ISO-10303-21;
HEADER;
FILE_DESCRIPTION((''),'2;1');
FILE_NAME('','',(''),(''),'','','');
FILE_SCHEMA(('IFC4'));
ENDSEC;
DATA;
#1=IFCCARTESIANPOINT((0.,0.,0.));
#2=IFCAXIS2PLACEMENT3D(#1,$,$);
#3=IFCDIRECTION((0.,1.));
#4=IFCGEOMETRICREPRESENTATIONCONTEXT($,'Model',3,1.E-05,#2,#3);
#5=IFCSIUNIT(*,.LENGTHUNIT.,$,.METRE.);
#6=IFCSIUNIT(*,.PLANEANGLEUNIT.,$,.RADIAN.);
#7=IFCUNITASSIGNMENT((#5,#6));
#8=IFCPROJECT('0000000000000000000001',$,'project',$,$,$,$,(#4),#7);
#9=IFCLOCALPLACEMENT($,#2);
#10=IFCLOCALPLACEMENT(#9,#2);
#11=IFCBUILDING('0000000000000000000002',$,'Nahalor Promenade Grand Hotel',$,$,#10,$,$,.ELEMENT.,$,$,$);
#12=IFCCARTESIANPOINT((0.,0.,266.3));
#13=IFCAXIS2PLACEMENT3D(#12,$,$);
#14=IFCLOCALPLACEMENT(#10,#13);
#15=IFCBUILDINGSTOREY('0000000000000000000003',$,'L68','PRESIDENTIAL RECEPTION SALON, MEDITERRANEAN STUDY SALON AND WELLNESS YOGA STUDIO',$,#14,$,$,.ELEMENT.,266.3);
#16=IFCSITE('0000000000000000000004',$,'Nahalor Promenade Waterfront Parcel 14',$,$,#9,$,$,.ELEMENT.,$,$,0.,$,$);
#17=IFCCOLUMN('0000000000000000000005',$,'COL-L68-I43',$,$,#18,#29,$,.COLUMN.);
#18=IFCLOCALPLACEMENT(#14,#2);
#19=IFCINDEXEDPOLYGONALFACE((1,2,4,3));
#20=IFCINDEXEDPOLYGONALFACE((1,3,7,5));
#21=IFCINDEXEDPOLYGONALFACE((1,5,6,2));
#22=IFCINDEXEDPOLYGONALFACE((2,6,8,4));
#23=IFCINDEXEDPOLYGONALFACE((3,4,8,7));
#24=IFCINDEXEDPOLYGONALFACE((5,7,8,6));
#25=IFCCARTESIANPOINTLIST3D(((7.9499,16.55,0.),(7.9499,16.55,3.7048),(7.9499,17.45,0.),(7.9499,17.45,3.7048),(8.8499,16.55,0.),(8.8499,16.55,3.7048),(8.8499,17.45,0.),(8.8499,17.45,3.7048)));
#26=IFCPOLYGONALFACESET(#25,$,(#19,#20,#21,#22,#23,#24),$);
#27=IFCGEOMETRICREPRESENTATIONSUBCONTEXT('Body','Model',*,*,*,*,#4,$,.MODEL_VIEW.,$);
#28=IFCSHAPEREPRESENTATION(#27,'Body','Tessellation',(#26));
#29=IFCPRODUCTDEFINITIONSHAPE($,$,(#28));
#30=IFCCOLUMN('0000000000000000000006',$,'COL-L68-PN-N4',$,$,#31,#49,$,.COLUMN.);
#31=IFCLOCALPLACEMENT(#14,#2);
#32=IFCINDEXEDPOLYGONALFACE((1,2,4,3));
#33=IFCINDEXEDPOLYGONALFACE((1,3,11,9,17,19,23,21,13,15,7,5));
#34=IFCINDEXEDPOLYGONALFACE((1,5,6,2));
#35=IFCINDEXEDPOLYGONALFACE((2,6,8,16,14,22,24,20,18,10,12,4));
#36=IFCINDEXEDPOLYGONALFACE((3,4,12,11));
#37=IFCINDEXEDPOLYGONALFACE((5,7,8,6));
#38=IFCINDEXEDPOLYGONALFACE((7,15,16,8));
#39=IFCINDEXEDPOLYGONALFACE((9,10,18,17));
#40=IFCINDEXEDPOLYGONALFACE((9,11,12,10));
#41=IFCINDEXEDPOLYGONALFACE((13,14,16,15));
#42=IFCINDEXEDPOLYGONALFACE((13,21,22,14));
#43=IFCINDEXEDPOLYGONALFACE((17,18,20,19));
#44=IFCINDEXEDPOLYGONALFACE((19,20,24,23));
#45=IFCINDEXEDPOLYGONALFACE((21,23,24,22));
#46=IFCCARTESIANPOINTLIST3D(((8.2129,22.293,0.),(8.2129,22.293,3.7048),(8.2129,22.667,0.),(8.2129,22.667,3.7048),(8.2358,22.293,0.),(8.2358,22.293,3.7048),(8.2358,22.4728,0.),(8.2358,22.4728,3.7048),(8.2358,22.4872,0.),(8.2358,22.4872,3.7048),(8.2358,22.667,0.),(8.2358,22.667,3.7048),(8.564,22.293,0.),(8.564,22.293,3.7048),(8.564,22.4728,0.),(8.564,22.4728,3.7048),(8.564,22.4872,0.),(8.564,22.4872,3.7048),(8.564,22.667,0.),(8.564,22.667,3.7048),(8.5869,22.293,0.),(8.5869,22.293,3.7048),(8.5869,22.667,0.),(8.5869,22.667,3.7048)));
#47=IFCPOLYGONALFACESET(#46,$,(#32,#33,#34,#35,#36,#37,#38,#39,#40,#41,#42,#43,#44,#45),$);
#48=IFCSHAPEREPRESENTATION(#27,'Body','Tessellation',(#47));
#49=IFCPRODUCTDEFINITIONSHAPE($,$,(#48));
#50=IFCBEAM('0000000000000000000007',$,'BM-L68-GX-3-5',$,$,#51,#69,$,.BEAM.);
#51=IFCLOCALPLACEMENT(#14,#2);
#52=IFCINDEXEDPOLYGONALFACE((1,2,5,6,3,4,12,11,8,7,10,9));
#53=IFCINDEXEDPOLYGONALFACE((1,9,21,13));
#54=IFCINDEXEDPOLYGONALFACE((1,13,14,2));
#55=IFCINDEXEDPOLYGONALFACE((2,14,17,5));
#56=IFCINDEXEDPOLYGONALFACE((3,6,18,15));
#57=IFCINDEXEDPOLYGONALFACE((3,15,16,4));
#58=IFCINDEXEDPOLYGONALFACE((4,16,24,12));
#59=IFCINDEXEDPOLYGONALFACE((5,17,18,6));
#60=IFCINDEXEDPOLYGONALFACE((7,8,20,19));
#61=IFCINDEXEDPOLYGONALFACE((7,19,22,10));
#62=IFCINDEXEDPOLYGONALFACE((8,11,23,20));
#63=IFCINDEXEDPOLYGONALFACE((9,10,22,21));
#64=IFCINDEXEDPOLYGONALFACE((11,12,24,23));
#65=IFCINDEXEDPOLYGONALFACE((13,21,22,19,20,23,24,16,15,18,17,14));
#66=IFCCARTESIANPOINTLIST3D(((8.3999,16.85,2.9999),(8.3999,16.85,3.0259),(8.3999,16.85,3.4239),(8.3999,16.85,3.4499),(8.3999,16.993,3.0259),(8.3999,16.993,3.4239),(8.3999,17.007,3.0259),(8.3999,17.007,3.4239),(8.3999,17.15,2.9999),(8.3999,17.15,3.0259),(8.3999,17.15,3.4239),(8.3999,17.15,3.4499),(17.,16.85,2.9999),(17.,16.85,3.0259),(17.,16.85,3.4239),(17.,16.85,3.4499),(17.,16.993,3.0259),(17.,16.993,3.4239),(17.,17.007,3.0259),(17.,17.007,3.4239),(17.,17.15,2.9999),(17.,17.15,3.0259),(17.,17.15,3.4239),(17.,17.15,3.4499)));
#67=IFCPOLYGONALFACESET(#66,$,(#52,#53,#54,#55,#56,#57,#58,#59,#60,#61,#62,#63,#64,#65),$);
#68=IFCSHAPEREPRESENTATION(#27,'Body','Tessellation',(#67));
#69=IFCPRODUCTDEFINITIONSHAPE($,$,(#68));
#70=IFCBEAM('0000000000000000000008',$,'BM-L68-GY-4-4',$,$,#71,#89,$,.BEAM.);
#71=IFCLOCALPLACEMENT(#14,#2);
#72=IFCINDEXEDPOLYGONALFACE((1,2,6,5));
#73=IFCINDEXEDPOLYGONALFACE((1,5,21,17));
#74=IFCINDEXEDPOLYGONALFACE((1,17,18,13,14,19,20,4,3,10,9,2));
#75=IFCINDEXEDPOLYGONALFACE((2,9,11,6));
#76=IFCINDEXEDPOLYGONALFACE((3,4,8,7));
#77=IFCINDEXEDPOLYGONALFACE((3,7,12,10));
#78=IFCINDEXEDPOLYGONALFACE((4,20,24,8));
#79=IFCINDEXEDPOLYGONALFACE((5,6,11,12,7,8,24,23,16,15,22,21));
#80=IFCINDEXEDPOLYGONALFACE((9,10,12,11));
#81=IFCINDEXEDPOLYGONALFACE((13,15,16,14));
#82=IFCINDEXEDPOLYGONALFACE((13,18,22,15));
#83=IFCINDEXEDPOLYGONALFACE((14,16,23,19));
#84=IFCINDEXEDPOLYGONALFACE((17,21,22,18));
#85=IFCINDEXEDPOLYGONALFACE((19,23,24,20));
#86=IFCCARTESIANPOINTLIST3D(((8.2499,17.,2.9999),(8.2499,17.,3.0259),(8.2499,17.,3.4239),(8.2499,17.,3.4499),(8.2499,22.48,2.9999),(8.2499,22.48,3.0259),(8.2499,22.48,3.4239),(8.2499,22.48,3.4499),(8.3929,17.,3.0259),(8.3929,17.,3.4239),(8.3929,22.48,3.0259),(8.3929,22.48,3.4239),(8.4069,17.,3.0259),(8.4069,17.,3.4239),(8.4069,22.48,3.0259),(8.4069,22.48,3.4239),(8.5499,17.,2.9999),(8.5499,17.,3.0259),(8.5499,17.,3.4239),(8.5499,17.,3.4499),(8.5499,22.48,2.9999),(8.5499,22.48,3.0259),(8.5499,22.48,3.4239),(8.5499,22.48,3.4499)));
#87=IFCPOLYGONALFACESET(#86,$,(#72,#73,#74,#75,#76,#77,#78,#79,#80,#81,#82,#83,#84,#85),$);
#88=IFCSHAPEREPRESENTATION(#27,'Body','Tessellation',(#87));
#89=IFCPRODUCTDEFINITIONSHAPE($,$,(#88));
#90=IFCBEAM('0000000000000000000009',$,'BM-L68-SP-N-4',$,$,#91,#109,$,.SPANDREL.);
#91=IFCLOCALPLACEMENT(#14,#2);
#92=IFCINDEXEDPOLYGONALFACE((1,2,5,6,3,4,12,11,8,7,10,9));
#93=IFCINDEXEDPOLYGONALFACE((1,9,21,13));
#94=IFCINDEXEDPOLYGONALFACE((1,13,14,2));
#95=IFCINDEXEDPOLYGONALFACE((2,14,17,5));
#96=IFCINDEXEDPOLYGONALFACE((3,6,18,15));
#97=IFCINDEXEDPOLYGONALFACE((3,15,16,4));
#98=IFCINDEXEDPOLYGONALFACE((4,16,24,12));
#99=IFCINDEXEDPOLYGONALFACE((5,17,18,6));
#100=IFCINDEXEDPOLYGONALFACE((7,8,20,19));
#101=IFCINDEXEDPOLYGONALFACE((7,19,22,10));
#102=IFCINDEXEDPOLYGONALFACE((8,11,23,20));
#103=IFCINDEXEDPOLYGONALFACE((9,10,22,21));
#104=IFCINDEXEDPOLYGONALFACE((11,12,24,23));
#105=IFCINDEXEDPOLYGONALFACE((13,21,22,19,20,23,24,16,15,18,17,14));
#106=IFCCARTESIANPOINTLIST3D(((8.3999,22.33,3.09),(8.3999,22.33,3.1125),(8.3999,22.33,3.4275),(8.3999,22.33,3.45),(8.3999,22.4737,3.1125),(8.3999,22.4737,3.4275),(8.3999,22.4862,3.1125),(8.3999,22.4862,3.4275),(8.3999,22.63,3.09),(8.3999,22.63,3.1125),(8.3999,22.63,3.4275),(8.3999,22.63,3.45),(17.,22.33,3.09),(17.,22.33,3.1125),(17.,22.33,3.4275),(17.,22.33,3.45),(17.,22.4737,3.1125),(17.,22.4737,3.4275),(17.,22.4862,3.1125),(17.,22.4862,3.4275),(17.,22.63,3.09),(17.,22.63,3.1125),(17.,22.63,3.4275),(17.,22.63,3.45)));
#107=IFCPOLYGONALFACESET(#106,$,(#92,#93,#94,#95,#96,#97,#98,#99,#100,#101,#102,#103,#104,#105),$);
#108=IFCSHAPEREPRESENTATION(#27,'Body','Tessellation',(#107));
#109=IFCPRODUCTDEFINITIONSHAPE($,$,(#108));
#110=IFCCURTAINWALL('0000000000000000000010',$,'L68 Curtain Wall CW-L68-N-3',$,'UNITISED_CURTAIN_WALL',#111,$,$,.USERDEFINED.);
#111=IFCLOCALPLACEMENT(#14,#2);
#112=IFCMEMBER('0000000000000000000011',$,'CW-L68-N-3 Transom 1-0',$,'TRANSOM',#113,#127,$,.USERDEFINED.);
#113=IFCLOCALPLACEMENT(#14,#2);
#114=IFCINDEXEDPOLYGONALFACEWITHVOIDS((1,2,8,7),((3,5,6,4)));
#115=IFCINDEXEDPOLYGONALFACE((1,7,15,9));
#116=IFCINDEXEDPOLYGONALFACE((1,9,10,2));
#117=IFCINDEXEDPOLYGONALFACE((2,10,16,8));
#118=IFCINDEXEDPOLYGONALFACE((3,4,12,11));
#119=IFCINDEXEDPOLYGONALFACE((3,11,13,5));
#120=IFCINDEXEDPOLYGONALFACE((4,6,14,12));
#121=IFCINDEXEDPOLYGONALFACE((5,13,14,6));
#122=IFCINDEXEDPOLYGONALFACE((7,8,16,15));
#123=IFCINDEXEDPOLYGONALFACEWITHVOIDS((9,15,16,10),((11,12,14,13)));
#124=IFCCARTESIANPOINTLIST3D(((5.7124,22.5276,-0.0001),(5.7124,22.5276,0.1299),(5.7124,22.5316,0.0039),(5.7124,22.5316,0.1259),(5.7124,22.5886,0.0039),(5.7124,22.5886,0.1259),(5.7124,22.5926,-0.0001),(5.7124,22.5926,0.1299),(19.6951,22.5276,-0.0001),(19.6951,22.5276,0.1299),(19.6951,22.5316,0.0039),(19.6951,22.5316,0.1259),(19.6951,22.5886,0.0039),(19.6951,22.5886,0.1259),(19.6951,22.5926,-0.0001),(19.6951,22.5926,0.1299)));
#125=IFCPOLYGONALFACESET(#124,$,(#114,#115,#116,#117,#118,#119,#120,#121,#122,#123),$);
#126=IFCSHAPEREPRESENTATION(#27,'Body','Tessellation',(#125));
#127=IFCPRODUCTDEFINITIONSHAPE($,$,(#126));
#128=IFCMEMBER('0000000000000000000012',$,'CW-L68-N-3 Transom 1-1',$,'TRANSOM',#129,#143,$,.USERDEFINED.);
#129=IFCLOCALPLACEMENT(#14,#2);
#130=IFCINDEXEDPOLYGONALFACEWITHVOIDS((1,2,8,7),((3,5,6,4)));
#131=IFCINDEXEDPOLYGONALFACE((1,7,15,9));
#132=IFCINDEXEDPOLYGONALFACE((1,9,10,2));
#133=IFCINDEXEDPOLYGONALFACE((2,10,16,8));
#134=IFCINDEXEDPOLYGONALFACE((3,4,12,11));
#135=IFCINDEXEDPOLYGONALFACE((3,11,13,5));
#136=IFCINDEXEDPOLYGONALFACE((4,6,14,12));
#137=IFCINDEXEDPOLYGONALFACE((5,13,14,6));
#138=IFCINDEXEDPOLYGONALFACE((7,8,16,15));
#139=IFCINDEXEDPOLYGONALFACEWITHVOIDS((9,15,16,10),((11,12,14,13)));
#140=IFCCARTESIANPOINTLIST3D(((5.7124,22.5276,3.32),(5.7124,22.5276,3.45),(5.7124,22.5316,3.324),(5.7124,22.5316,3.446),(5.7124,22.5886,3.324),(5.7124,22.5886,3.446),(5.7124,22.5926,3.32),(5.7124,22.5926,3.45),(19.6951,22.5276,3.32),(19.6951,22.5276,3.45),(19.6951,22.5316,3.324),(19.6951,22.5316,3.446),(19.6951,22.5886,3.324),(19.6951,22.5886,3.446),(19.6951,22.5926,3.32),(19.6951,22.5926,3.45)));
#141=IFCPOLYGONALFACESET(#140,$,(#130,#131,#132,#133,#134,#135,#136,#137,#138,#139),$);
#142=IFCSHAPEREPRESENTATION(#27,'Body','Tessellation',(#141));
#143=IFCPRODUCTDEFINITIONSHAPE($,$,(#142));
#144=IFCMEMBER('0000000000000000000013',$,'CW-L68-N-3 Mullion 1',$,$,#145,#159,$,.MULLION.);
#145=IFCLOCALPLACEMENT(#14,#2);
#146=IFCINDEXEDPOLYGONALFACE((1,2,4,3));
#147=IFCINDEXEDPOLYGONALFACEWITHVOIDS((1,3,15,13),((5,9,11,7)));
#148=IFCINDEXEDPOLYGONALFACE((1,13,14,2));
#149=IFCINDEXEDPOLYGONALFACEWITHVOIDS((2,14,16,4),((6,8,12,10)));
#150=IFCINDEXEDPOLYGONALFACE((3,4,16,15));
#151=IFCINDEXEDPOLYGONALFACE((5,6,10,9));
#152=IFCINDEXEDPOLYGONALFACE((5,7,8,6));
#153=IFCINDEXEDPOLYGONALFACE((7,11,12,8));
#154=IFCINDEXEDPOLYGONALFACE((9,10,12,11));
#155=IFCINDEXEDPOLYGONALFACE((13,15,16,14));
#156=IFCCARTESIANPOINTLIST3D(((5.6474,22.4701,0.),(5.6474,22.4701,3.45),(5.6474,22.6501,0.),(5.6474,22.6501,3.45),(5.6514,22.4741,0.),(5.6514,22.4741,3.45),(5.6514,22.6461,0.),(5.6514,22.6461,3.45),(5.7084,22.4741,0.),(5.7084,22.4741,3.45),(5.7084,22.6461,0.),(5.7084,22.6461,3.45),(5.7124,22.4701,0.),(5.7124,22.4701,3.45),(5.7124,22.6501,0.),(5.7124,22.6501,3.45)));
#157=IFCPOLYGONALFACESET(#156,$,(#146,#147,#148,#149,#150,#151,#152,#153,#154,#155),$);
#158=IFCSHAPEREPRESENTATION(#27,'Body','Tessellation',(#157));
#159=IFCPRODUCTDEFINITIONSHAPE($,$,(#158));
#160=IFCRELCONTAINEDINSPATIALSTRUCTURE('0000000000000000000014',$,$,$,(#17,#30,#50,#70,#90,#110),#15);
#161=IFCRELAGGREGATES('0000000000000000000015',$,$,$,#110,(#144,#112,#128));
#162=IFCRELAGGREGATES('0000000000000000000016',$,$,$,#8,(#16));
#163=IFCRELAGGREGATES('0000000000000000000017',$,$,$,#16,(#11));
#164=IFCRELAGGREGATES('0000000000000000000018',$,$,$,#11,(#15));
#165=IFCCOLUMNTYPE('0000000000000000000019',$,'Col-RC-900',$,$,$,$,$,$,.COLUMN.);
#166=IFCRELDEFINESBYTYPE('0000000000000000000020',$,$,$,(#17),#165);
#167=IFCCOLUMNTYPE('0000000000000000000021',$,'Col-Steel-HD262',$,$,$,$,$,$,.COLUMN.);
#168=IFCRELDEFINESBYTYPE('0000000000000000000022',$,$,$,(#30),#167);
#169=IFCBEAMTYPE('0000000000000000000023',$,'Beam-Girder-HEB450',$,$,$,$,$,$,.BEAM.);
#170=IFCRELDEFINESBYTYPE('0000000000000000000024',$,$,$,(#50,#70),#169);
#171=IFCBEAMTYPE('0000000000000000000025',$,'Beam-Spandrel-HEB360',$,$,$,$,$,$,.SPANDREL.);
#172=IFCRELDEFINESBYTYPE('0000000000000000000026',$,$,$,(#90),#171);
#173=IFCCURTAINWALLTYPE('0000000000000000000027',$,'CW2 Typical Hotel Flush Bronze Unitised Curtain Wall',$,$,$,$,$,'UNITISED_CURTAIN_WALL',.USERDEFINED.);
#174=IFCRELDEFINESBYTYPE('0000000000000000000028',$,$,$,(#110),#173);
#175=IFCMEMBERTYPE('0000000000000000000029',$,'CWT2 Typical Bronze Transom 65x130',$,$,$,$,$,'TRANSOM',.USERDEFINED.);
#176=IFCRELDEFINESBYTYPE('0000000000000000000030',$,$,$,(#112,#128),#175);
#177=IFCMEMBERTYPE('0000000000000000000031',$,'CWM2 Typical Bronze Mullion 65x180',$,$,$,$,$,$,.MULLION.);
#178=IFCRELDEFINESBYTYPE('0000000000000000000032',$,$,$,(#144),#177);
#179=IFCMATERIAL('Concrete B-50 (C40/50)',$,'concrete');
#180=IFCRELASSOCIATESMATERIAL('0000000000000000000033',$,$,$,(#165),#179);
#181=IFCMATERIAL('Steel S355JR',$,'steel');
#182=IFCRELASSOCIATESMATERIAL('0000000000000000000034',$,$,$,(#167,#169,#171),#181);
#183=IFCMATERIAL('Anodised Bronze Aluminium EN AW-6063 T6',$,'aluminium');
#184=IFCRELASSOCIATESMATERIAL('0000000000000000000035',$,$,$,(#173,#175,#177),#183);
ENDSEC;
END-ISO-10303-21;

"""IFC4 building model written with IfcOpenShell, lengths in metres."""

from ifc_helpers import new_model, si_unit, direction, frame, origin, origin_2d, place, context, subcontext, project, spatial, rectangle, hollow_rectangle, i_section, extrude, source, transform, mapped, material, material_profile, profile_set, type_object, element, aggregate, save


model = new_model("IFC4")

# Units and contexts
model_context = context("Model", 3, precision=1e-05, world=origin(), true_north=direction((0.0, 1.0)))
body_context = subcontext(model_context, "Body", "Model", "MODEL_VIEW")
ifc_project = project(units=[si_unit("LENGTHUNIT", "METRE"), si_unit("PLANEANGLEUNIT", "RADIAN")], contexts=[model_context])

# Site, building, storey
site_placement = place(None, origin())
site = spatial("IfcSite", under=ifc_project, at=site_placement, Name="Nahalor Promenade Waterfront Parcel 14", CompositionType="ELEMENT", RefElevation=0.0)
building_placement = place(site_placement, origin())
building = spatial("IfcBuilding", under=site, at=building_placement, Name="Nahalor Promenade Grand Hotel", CompositionType="ELEMENT")
storey_placement = place(building_placement, frame((0.0, 0.0, 266.3)))
storey = spatial("IfcBuildingStorey", under=building, at=storey_placement, Name="L68", Description="PRESIDENTIAL RECEPTION SALON, MEDITERRANEAN STUDY SALON AND WELLNESS YOGA STUDIO", CompositionType="ELEMENT", Elevation=266.3)

# Columns
ifc_material_1 = material(Name="Concrete B-50 (C40/50)", Category="concrete")
ifc_material_profile_1 = material_profile(ifc_material_1, rectangle(XDim=0.9, YDim=0.9, at=origin_2d()), Name="RC 900x900")
ifc_profile_set_1 = profile_set([ifc_material_profile_1], Name="Concrete B-50 (C40/50)")
column_type_1 = type_object("IfcColumnType", Name="Col-RC-900", PredefinedType="COLUMN", material=ifc_profile_set_1)
shared_shape_1 = source(origin(), body_context, "Body", "SweptSolid", [
    extrude(rectangle(XDim=0.9, YDim=0.9, at=origin_2d()), origin(), (0.0, 0.0, 1.0), 3.7048),
])
column_1_placement = place(storey_placement, frame((8.3999, 17.0, 0.0), z_axis=(0.0, 0.0, 1.0), x_axis=(1.0, 0.0, 0.0)))
element("IfcColumn", 1, at=column_1_placement, inside=storey, type_object=column_type_1, Name="COL-L68-I43", PredefinedType="COLUMN", context=body_context, shape_type="MappedRepresentation", body=[
    mapped(shared_shape_1, transform((0.0, 0.0, 0.0), scale=1.0)),
])
ifc_material_2 = material(Name="Steel S355JR", Category="steel")
ifc_material_profile_2 = material_profile(ifc_material_2, i_section(OverallWidth=0.374, OverallDepth=0.374, WebThickness=0.0144, FlangeThickness=0.0229, at=origin_2d()), Name="HD 360x262")
ifc_profile_set_2 = profile_set([ifc_material_profile_2], Name="Steel S355JR")
column_type_2 = type_object("IfcColumnType", Name="Col-Steel-HD262", PredefinedType="COLUMN", material=ifc_profile_set_2)
shared_shape_2 = source(origin(), body_context, "Body", "SweptSolid", [
    extrude(i_section(OverallWidth=0.374, OverallDepth=0.374, WebThickness=0.0144, FlangeThickness=0.0229, at=origin_2d()), origin(), (0.0, 0.0, 1.0), 3.7048),
])
column_2_placement = place(storey_placement, frame((8.3999, 22.48, 0.0), z_axis=(0.0, 0.0, 1.0), x_axis=(0.0, 1.0, 0.0)))
element("IfcColumn", 2, at=column_2_placement, inside=storey, type_object=column_type_2, Name="COL-L68-PN-N4", PredefinedType="COLUMN", context=body_context, shape_type="MappedRepresentation", body=[
    mapped(shared_shape_2, transform((0.0, 0.0, 0.0), scale=1.0)),
])

# Beams
ifc_material_profile_3 = material_profile(ifc_material_2, i_section(OverallWidth=0.3, OverallDepth=0.45, WebThickness=0.014, FlangeThickness=0.026, at=origin_2d()), Name="HEB 450")
ifc_profile_set_3 = profile_set([ifc_material_profile_3], Name="Steel S355JR")
beam_type_1 = type_object("IfcBeamType", Name="Beam-Girder-HEB450", PredefinedType="BEAM", material=ifc_profile_set_3)
shared_shape_3 = source(origin(), body_context, "Body", "SweptSolid", [
    extrude(i_section(OverallWidth=0.3, OverallDepth=0.45, WebThickness=0.014, FlangeThickness=0.026, at=origin_2d()), origin(), (0.0, 0.0, 1.0), 8.6001),
])
beam_1_placement = place(storey_placement, frame((8.3999, 17.0, 3.2249), z_axis=(1.0, 0.0, 0.0), x_axis=(0.0, 1.0, 0.0)))
element("IfcBeam", 3, at=beam_1_placement, inside=storey, type_object=beam_type_1, Name="BM-L68-GX-3-5", PredefinedType="BEAM", context=body_context, shape_type="MappedRepresentation", body=[
    mapped(shared_shape_3, transform((0.0, 0.0, 0.0), scale=1.0)),
])
shared_shape_4 = source(origin(), body_context, "Body", "SweptSolid", [
    extrude(i_section(OverallWidth=0.3, OverallDepth=0.45, WebThickness=0.014, FlangeThickness=0.026, at=origin_2d()), origin(), (0.0, 0.0, 1.0), 5.48),
])
beam_2_placement = place(storey_placement, frame((8.3999, 17.0, 3.2249), z_axis=(0.0, 1.0, 0.0), x_axis=(-1.0, 0.0, 0.0)))
element("IfcBeam", 4, at=beam_2_placement, inside=storey, type_object=beam_type_1, Name="BM-L68-GY-4-4", PredefinedType="BEAM", context=body_context, shape_type="MappedRepresentation", body=[
    mapped(shared_shape_4, transform((0.0, 0.0, 0.0), scale=1.0)),
])
ifc_material_profile_4 = material_profile(ifc_material_2, i_section(OverallWidth=0.3, OverallDepth=0.36, WebThickness=0.0125, FlangeThickness=0.0225, at=origin_2d()), Name="HEB 360")
ifc_profile_set_4 = profile_set([ifc_material_profile_4], Name="Steel S355JR")
beam_type_2 = type_object("IfcBeamType", Name="Beam-Spandrel-HEB360", PredefinedType="SPANDREL", material=ifc_profile_set_4)
shared_shape_5 = source(origin(), body_context, "Body", "SweptSolid", [
    extrude(i_section(OverallWidth=0.3, OverallDepth=0.36, WebThickness=0.0125, FlangeThickness=0.0225, at=origin_2d()), origin(), (0.0, 0.0, 1.0), 8.6001),
])
beam_3_placement = place(storey_placement, frame((8.3999, 22.48, 3.27), z_axis=(1.0, 0.0, 0.0), x_axis=(0.0, 1.0, 0.0)))
element("IfcBeam", 5, at=beam_3_placement, inside=storey, type_object=beam_type_2, Name="BM-L68-SP-N-4", PredefinedType="SPANDREL", context=body_context, shape_type="MappedRepresentation", body=[
    mapped(shared_shape_5, transform((0.0, 0.0, 0.0), scale=1.0)),
])

# Curtain wall, members
ifc_material_3 = material(Name="Anodised Bronze Aluminium EN AW-6063 T6", Category="aluminium")
curtain_wall_type = type_object("IfcCurtainWallType", Name="CW2 Typical Hotel Flush Bronze Unitised Curtain Wall", ElementType="UNITISED_CURTAIN_WALL", PredefinedType="USERDEFINED", material=ifc_material_3)
curtain_wall_placement = place(storey_placement, origin())
curtain_wall = element("IfcCurtainWall", 6, at=curtain_wall_placement, inside=storey, type_object=curtain_wall_type, Name="L68 Curtain Wall CW-L68-N-3", ObjectType="UNITISED_CURTAIN_WALL", PredefinedType="USERDEFINED")
ifc_material_profile_5 = material_profile(ifc_material_3, hollow_rectangle(XDim=0.065, YDim=0.13, WallThickness=0.004, at=origin_2d()), Name="CWT 65x130x4")
ifc_profile_set_5 = profile_set([ifc_material_profile_5], Name="Anodised Bronze Aluminium EN AW-6063 T6")
member_type_1 = type_object("IfcMemberType", Name="CWT2 Typical Bronze Transom 65x130", ElementType="TRANSOM", PredefinedType="USERDEFINED", material=ifc_profile_set_5)
shared_shape_6 = source(origin(), body_context, "Body", "SweptSolid", [
    extrude(hollow_rectangle(XDim=0.065, YDim=0.13, WallThickness=0.004, at=origin_2d()), origin(), (0.0, 0.0, 1.0), 13.9827),
])
member_1_placement = place(storey_placement, frame((5.7124, 22.5601, 0.0649), z_axis=(1.0, 0.0, 0.0), x_axis=(0.0, 1.0, 0.0)))
member_1 = element("IfcMember", 7, at=member_1_placement, type_object=member_type_1, Name="CW-L68-N-3 Transom 1-0", ObjectType="TRANSOM", PredefinedType="USERDEFINED", context=body_context, shape_type="MappedRepresentation", body=[
    mapped(shared_shape_6, transform((0.0, 0.0, 0.0), scale=1.0)),
])
member_2_placement = place(storey_placement, frame((5.7124, 22.5601, 3.385), z_axis=(1.0, 0.0, 0.0), x_axis=(0.0, 1.0, 0.0)))
member_2 = element("IfcMember", 8, at=member_2_placement, type_object=member_type_1, Name="CW-L68-N-3 Transom 1-1", ObjectType="TRANSOM", PredefinedType="USERDEFINED", context=body_context, shape_type="MappedRepresentation", body=[
    mapped(shared_shape_6, transform((0.0, 0.0, 0.0), scale=1.0)),
])
ifc_material_profile_6 = material_profile(ifc_material_3, hollow_rectangle(XDim=0.065, YDim=0.18, WallThickness=0.004, at=origin_2d()), Name="CWM 65x180x4")
ifc_profile_set_6 = profile_set([ifc_material_profile_6], Name="Anodised Bronze Aluminium EN AW-6063 T6")
member_type_2 = type_object("IfcMemberType", Name="CWM2 Typical Bronze Mullion 65x180", PredefinedType="MULLION", material=ifc_profile_set_6)
shared_shape_7 = source(origin(), body_context, "Body", "SweptSolid", [
    extrude(hollow_rectangle(XDim=0.065, YDim=0.18, WallThickness=0.004, at=origin_2d()), origin(), (0.0, 0.0, 1.0), 3.45),
])
member_3_placement = place(storey_placement, frame((5.6799, 22.5601, 0.0), z_axis=(0.0, 0.0, 1.0), x_axis=(1.0, 0.0, 0.0)))
member_3 = element("IfcMember", 9, at=member_3_placement, type_object=member_type_2, Name="CW-L68-N-3 Mullion 1", PredefinedType="MULLION", context=body_context, shape_type="MappedRepresentation", body=[
    mapped(shared_shape_7, transform((0.0, 0.0, 0.0), scale=1.0)),
])
aggregate(curtain_wall, [member_3, member_1, member_2])

save(model, "model.ifc")
